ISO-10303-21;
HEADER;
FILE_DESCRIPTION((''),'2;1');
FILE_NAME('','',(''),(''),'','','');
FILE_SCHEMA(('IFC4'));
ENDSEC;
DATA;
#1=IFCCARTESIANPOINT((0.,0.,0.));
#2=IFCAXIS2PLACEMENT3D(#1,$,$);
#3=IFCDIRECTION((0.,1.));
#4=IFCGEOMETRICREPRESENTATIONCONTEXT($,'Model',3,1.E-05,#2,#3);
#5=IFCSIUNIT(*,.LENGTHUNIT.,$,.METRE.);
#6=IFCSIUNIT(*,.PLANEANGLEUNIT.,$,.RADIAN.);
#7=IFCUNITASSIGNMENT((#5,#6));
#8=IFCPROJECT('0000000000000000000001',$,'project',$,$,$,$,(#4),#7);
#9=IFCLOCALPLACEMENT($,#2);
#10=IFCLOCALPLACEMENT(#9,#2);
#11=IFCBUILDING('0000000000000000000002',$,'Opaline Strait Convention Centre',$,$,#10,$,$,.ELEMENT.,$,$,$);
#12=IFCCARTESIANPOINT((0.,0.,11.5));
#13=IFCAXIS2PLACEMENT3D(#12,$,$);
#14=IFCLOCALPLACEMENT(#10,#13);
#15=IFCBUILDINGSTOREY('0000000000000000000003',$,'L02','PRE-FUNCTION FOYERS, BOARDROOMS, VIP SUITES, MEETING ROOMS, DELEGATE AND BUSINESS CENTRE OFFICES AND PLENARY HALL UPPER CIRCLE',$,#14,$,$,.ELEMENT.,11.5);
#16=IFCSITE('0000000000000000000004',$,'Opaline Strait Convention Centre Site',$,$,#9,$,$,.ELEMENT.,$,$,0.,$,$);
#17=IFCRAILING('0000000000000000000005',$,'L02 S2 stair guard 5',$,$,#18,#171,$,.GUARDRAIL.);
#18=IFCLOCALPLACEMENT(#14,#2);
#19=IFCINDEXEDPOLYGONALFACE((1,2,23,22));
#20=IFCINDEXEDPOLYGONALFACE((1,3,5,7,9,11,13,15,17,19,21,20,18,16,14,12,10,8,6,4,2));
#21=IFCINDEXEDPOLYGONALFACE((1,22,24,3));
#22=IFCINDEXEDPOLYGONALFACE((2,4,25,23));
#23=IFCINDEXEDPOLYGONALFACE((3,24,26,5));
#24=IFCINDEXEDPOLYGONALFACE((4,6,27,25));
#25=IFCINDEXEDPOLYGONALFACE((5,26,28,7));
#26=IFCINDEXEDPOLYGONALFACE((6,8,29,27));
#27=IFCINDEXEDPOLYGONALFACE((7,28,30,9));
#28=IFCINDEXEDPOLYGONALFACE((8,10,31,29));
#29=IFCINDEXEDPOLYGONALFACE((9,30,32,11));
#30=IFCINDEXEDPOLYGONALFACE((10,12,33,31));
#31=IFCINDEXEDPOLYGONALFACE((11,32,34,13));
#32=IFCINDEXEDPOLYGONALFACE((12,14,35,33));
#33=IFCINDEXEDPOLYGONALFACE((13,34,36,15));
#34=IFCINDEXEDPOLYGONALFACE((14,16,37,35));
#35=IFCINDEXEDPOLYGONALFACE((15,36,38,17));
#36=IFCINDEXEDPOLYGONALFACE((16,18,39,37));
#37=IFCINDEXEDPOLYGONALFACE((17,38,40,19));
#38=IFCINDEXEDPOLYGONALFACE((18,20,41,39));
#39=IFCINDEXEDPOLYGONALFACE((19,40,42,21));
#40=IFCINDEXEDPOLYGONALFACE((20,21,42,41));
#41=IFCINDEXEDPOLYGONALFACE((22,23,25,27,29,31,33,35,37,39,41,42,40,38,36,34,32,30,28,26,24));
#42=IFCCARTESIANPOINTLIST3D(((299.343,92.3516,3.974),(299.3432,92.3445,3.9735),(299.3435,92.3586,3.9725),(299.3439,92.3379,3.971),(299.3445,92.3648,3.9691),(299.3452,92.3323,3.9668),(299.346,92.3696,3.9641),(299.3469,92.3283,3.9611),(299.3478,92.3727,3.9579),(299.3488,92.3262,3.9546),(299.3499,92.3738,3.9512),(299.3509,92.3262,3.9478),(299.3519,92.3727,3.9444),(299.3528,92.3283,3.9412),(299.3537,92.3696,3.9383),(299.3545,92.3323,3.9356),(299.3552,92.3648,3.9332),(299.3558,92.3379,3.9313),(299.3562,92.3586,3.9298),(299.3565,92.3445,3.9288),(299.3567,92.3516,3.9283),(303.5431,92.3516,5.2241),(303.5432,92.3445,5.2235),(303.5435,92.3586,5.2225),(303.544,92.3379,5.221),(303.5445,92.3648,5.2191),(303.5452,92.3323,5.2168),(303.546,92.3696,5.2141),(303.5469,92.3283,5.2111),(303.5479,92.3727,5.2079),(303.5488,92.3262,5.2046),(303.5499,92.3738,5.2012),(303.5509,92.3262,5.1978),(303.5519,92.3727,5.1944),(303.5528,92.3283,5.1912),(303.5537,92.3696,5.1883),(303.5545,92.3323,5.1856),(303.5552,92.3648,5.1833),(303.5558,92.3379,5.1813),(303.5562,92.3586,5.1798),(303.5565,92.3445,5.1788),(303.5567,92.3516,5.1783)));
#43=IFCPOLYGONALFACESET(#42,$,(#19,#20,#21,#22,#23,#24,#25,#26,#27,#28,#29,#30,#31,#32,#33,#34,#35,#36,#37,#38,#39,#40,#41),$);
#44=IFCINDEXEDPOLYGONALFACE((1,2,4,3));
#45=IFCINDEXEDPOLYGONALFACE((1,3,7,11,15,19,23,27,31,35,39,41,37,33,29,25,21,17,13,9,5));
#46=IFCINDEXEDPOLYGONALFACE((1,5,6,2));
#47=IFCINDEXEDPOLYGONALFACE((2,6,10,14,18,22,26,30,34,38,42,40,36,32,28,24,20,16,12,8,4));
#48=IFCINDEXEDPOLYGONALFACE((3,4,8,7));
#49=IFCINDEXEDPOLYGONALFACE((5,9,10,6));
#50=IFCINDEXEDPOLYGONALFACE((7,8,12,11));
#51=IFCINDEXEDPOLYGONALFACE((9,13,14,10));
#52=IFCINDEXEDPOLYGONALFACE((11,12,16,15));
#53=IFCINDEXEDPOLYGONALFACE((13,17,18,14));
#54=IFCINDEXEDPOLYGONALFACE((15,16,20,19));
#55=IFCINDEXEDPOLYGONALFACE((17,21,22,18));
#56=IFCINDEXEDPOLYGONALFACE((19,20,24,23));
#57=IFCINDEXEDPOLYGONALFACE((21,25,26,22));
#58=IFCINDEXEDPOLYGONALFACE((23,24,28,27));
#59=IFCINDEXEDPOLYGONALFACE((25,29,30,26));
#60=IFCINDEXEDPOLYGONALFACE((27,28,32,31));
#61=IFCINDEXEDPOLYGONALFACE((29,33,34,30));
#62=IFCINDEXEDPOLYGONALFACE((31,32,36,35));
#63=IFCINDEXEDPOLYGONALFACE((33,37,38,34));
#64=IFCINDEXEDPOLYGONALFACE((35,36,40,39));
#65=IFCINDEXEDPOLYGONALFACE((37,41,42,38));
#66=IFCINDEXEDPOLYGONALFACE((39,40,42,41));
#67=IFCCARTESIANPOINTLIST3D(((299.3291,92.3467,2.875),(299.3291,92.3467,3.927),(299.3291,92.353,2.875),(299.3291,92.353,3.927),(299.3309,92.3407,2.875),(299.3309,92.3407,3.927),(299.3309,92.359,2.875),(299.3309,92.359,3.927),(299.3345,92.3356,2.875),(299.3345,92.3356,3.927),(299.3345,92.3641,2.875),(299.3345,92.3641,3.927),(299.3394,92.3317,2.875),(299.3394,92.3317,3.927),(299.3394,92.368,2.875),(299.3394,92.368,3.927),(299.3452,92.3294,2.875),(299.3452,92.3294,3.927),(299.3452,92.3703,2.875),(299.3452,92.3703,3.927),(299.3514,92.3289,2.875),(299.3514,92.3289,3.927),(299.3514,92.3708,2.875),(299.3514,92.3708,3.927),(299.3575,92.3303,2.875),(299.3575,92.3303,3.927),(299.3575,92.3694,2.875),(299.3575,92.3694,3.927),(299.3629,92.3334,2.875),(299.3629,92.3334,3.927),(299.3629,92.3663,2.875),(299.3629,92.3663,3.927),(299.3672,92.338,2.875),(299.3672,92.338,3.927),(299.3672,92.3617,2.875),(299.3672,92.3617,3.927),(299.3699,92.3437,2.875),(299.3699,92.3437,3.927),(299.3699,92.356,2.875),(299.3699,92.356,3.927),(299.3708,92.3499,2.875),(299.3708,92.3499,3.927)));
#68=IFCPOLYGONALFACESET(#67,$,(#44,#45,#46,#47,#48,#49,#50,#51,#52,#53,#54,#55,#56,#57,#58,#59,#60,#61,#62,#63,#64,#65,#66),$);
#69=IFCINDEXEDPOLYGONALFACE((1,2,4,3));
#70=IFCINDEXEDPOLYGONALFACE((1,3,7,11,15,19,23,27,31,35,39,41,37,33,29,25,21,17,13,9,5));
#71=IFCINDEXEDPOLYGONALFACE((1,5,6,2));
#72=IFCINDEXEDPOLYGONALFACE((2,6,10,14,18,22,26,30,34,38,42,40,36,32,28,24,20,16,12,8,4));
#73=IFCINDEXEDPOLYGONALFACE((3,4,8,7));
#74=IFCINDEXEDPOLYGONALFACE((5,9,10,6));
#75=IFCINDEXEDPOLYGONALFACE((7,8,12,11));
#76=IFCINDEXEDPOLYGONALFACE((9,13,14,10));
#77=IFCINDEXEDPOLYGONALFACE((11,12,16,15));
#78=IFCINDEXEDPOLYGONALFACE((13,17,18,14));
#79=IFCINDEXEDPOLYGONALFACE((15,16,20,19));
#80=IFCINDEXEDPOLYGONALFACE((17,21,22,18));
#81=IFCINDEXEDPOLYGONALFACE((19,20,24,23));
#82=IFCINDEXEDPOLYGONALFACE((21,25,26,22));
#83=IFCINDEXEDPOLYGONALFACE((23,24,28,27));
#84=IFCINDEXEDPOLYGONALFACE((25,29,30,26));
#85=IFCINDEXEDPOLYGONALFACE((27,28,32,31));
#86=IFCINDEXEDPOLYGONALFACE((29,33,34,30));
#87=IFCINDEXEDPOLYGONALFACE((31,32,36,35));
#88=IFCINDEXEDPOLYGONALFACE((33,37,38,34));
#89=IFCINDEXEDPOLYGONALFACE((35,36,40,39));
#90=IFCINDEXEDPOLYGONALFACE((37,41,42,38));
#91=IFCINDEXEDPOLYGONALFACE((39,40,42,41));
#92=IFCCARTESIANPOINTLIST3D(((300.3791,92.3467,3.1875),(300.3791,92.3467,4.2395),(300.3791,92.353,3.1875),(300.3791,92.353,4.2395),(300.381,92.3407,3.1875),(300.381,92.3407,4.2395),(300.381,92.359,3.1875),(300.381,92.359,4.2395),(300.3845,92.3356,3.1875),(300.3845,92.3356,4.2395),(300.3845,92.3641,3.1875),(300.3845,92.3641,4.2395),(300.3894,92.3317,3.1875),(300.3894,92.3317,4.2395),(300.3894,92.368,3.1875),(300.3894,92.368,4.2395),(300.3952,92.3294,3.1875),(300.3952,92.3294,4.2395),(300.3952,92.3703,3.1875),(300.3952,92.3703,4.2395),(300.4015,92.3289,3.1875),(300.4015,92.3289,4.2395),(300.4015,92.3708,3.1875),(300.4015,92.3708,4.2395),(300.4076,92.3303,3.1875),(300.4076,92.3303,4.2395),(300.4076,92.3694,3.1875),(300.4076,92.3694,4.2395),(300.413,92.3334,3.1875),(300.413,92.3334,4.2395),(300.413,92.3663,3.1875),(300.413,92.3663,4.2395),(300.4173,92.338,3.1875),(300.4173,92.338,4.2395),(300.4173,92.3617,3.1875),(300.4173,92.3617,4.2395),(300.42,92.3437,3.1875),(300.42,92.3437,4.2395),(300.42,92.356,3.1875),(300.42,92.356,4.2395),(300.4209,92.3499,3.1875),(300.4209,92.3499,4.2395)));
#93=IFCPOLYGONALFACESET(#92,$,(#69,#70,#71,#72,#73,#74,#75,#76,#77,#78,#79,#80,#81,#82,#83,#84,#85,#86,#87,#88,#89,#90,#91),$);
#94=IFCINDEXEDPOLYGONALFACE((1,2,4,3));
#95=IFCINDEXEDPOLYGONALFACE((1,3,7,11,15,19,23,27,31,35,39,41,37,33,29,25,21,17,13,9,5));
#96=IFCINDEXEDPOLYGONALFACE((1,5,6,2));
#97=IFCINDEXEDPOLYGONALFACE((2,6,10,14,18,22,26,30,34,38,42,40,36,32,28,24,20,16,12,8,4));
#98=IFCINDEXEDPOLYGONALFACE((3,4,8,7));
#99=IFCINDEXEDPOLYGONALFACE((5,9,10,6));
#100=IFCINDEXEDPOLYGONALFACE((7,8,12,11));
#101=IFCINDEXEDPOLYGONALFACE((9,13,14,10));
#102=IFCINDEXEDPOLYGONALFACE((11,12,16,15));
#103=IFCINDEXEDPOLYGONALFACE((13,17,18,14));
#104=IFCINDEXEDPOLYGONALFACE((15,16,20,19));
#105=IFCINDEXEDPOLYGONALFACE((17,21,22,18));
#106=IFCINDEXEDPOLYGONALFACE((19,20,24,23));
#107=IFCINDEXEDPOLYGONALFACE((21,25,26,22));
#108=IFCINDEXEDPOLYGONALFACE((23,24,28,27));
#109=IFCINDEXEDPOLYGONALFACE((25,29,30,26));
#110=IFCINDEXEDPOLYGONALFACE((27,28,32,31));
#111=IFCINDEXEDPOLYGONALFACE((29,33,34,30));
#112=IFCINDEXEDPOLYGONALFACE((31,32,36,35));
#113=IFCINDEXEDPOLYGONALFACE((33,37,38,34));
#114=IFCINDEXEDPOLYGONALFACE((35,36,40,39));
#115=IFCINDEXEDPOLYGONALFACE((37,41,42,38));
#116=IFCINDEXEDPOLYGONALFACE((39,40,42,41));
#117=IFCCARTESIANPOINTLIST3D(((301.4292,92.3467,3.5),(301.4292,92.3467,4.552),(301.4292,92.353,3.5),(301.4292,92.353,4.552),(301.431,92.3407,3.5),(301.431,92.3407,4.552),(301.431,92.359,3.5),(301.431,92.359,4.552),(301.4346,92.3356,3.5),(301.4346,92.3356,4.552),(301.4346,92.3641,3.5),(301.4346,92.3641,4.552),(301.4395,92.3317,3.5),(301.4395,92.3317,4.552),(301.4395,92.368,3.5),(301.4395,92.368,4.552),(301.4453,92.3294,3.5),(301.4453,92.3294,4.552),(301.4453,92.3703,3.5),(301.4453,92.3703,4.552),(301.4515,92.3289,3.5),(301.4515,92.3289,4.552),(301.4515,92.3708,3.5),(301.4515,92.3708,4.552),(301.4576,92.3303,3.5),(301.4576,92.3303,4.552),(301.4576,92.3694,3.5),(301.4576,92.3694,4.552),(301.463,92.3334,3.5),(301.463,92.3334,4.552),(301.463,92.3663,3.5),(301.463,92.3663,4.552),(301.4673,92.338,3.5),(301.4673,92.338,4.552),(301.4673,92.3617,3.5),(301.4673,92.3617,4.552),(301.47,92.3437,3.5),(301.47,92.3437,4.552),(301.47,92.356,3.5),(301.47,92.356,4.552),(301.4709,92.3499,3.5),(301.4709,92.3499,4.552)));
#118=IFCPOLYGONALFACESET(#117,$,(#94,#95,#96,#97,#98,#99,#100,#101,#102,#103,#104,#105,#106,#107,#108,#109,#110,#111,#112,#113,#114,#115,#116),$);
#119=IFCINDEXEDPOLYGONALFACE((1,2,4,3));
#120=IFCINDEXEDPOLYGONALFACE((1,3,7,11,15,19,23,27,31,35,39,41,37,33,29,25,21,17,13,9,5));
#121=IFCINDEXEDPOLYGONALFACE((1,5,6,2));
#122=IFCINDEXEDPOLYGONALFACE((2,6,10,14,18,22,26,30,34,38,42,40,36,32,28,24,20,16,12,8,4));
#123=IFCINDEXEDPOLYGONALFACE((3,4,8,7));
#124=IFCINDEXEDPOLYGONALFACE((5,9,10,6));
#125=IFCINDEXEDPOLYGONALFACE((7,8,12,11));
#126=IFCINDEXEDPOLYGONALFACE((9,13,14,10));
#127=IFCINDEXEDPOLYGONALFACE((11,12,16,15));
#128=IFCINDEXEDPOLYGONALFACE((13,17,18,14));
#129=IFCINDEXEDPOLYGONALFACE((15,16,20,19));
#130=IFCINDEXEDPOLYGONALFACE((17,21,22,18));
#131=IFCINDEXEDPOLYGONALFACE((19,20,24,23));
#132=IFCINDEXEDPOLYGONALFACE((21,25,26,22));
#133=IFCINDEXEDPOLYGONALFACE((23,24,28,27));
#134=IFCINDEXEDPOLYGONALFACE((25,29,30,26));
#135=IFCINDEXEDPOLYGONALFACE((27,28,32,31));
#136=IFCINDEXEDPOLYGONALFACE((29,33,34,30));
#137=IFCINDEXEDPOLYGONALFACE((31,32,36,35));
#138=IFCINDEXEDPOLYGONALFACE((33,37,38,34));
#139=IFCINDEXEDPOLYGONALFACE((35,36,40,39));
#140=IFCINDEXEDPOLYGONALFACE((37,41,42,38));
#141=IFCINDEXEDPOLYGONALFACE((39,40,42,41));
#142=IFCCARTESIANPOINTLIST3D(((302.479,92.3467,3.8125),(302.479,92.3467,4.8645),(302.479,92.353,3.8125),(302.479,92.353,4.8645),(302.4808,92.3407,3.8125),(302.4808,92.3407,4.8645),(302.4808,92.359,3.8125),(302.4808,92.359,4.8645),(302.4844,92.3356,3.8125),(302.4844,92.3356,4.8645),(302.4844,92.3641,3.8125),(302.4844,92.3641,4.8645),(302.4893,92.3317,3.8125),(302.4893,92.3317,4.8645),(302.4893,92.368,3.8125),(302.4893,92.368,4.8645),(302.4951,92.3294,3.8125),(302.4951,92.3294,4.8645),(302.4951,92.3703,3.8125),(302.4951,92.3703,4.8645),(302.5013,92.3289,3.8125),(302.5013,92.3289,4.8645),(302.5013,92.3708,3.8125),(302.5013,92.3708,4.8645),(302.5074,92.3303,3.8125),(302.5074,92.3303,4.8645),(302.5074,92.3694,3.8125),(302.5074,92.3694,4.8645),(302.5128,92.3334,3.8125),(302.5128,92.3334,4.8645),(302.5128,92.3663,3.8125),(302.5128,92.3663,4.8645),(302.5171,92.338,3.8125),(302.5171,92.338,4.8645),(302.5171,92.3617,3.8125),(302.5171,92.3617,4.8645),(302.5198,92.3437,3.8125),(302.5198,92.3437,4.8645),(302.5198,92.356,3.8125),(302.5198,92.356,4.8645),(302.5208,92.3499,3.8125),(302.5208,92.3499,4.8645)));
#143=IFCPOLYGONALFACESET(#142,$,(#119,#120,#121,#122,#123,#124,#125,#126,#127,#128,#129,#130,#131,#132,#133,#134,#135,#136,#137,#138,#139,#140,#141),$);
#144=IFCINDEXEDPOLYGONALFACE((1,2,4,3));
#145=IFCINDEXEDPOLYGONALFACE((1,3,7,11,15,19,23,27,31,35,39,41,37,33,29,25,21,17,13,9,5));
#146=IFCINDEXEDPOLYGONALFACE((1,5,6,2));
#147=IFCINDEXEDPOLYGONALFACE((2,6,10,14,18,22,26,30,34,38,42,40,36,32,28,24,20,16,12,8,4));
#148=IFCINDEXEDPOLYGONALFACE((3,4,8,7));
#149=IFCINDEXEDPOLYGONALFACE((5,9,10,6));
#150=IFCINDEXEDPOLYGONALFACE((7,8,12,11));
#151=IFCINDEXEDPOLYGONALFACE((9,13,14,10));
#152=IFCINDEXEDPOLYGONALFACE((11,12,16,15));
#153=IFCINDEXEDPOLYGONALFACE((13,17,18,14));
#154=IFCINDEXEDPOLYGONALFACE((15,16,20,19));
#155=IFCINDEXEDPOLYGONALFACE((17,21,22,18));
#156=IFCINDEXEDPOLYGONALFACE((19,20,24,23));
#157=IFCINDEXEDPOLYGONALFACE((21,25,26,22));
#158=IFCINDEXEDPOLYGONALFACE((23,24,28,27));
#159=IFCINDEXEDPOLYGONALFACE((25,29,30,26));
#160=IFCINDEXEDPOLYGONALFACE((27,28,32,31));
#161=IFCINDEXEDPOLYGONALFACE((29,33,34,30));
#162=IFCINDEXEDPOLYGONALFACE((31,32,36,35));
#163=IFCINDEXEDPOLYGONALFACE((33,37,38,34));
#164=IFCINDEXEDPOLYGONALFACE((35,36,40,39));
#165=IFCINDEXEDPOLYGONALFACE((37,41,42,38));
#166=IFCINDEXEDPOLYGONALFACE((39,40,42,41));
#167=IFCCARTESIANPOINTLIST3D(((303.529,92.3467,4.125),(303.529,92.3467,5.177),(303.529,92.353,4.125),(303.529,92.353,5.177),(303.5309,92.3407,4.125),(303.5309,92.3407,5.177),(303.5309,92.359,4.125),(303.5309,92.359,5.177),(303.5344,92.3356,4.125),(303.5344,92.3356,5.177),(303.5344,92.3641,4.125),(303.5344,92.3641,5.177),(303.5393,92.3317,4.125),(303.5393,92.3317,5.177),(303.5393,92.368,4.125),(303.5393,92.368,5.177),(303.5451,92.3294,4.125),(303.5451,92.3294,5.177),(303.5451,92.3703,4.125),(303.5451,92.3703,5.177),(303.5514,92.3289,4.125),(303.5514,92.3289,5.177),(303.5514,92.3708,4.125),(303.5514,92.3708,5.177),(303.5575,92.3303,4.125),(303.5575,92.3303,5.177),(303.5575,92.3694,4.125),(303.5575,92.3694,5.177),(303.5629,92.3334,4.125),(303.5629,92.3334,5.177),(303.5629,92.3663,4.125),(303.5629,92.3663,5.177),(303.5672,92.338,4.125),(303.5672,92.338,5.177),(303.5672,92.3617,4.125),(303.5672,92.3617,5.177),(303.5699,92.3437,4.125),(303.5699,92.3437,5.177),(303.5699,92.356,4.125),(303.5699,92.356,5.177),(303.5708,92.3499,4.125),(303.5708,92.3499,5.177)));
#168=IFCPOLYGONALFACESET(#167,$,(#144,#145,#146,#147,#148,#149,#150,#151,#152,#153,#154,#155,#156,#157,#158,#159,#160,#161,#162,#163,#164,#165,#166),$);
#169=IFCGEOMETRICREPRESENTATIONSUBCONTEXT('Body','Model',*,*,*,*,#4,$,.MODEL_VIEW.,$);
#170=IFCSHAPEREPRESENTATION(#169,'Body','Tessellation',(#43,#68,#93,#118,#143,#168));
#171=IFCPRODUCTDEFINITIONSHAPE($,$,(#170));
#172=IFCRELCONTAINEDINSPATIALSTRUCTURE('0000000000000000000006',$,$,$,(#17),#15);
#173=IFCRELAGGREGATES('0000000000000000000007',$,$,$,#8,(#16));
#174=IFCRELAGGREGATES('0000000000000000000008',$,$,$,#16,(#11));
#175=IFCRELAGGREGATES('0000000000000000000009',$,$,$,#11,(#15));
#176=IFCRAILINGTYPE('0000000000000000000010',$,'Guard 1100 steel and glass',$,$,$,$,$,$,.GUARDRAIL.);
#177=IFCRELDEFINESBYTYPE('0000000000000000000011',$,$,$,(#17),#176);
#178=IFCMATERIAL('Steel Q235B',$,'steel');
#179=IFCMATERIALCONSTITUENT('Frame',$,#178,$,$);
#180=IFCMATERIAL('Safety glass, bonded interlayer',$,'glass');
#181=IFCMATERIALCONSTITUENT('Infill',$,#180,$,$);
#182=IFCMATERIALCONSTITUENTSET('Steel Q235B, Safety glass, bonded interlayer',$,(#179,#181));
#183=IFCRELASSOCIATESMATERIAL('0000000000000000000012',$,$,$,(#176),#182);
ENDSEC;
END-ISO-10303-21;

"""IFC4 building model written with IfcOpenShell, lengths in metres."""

from ifc_helpers import new_model, si_unit, direction, frame, origin, origin_2d, place, context, subcontext, project, spatial, circle, extrude, material, constituent, constituent_set, type_object, element, save


model = new_model("IFC4")

# Units and contexts
model_context = context("Model", 3, precision=1e-05, world=origin(), true_north=direction((0.0, 1.0)))
body_context = subcontext(model_context, "Body", "Model", "MODEL_VIEW")
ifc_project = project(units=[si_unit("LENGTHUNIT", "METRE"), si_unit("PLANEANGLEUNIT", "RADIAN")], contexts=[model_context])

# Site, building, storey
site_placement = place(None, origin())
site = spatial("IfcSite", under=ifc_project, at=site_placement, Name="Opaline Strait Convention Centre Site", CompositionType="ELEMENT", RefElevation=0.0)
building_placement = place(site_placement, origin())
building = spatial("IfcBuilding", under=site, at=building_placement, Name="Opaline Strait Convention Centre", CompositionType="ELEMENT")
storey_placement = place(building_placement, frame((0.0, 0.0, 11.5)))
storey = spatial("IfcBuildingStorey", under=building, at=storey_placement, Name="L02", Description="PRE-FUNCTION FOYERS, BOARDROOMS, VIP SUITES, MEETING ROOMS, DELEGATE AND BUSINESS CENTRE OFFICES AND PLENARY HALL UPPER CIRCLE", CompositionType="ELEMENT", Elevation=11.5)

# Shared definitions
ifc_material_1 = material(Name="Steel Q235B", Category="steel")

# Railing
ifc_constituent_1 = constituent(ifc_material_1, Name="Frame")
ifc_material_2 = material(Name="Safety glass, bonded interlayer", Category="glass")
ifc_constituent_2 = constituent(ifc_material_2, Name="Infill")
ifc_constituent_set = constituent_set(constituents=[ifc_constituent_1, ifc_constituent_2], Name="Steel Q235B, Safety glass, bonded interlayer")
railing_type_1 = type_object("IfcRailingType", Name="Guard 1100 steel and glass", PredefinedType="GUARDRAIL", material=ifc_constituent_set)
for number, where, name in (
    (1, (299.3499, 92.3499, 2.875), "L02 S2 stair guard 5"),
):
    element("IfcRailing", number, at=place(storey_placement, frame(where)), inside=storey, type_object=railing_type_1, Name=name, PredefinedType="GUARDRAIL", context=body_context, shape_type="SweptSolid", body=[
        extrude(circle(Radius=0.0239, at=origin_2d()), frame((0.0, 0.0, 1.0762), z_axis=(0.958451, 0.0, 0.285257), x_axis=(0.0, 1.0, 0.0)), (0.0, 0.0, 1.0), 4.3821),
        extrude(circle(Radius=0.021, at=origin_2d()), origin(), (0.0, 0.0, 1.0), 1.052),
        extrude(circle(Radius=0.021, at=origin_2d()), frame((1.05, 0.0, 0.3125)), (0.0, 0.0, 1.0), 1.052),
        extrude(circle(Radius=0.021, at=origin_2d()), frame((2.1001, 0.0, 0.625)), (0.0, 0.0, 1.0), 1.052),
        extrude(circle(Radius=0.021, at=origin_2d()), frame((3.1499, 0.0, 0.9375)), (0.0, 0.0, 1.0), 1.052),
        extrude(circle(Radius=0.021, at=origin_2d()), frame((4.2, 0.0, 1.25)), (0.0, 0.0, 1.0), 1.052),
    ])

save(model, "model.ifc")
